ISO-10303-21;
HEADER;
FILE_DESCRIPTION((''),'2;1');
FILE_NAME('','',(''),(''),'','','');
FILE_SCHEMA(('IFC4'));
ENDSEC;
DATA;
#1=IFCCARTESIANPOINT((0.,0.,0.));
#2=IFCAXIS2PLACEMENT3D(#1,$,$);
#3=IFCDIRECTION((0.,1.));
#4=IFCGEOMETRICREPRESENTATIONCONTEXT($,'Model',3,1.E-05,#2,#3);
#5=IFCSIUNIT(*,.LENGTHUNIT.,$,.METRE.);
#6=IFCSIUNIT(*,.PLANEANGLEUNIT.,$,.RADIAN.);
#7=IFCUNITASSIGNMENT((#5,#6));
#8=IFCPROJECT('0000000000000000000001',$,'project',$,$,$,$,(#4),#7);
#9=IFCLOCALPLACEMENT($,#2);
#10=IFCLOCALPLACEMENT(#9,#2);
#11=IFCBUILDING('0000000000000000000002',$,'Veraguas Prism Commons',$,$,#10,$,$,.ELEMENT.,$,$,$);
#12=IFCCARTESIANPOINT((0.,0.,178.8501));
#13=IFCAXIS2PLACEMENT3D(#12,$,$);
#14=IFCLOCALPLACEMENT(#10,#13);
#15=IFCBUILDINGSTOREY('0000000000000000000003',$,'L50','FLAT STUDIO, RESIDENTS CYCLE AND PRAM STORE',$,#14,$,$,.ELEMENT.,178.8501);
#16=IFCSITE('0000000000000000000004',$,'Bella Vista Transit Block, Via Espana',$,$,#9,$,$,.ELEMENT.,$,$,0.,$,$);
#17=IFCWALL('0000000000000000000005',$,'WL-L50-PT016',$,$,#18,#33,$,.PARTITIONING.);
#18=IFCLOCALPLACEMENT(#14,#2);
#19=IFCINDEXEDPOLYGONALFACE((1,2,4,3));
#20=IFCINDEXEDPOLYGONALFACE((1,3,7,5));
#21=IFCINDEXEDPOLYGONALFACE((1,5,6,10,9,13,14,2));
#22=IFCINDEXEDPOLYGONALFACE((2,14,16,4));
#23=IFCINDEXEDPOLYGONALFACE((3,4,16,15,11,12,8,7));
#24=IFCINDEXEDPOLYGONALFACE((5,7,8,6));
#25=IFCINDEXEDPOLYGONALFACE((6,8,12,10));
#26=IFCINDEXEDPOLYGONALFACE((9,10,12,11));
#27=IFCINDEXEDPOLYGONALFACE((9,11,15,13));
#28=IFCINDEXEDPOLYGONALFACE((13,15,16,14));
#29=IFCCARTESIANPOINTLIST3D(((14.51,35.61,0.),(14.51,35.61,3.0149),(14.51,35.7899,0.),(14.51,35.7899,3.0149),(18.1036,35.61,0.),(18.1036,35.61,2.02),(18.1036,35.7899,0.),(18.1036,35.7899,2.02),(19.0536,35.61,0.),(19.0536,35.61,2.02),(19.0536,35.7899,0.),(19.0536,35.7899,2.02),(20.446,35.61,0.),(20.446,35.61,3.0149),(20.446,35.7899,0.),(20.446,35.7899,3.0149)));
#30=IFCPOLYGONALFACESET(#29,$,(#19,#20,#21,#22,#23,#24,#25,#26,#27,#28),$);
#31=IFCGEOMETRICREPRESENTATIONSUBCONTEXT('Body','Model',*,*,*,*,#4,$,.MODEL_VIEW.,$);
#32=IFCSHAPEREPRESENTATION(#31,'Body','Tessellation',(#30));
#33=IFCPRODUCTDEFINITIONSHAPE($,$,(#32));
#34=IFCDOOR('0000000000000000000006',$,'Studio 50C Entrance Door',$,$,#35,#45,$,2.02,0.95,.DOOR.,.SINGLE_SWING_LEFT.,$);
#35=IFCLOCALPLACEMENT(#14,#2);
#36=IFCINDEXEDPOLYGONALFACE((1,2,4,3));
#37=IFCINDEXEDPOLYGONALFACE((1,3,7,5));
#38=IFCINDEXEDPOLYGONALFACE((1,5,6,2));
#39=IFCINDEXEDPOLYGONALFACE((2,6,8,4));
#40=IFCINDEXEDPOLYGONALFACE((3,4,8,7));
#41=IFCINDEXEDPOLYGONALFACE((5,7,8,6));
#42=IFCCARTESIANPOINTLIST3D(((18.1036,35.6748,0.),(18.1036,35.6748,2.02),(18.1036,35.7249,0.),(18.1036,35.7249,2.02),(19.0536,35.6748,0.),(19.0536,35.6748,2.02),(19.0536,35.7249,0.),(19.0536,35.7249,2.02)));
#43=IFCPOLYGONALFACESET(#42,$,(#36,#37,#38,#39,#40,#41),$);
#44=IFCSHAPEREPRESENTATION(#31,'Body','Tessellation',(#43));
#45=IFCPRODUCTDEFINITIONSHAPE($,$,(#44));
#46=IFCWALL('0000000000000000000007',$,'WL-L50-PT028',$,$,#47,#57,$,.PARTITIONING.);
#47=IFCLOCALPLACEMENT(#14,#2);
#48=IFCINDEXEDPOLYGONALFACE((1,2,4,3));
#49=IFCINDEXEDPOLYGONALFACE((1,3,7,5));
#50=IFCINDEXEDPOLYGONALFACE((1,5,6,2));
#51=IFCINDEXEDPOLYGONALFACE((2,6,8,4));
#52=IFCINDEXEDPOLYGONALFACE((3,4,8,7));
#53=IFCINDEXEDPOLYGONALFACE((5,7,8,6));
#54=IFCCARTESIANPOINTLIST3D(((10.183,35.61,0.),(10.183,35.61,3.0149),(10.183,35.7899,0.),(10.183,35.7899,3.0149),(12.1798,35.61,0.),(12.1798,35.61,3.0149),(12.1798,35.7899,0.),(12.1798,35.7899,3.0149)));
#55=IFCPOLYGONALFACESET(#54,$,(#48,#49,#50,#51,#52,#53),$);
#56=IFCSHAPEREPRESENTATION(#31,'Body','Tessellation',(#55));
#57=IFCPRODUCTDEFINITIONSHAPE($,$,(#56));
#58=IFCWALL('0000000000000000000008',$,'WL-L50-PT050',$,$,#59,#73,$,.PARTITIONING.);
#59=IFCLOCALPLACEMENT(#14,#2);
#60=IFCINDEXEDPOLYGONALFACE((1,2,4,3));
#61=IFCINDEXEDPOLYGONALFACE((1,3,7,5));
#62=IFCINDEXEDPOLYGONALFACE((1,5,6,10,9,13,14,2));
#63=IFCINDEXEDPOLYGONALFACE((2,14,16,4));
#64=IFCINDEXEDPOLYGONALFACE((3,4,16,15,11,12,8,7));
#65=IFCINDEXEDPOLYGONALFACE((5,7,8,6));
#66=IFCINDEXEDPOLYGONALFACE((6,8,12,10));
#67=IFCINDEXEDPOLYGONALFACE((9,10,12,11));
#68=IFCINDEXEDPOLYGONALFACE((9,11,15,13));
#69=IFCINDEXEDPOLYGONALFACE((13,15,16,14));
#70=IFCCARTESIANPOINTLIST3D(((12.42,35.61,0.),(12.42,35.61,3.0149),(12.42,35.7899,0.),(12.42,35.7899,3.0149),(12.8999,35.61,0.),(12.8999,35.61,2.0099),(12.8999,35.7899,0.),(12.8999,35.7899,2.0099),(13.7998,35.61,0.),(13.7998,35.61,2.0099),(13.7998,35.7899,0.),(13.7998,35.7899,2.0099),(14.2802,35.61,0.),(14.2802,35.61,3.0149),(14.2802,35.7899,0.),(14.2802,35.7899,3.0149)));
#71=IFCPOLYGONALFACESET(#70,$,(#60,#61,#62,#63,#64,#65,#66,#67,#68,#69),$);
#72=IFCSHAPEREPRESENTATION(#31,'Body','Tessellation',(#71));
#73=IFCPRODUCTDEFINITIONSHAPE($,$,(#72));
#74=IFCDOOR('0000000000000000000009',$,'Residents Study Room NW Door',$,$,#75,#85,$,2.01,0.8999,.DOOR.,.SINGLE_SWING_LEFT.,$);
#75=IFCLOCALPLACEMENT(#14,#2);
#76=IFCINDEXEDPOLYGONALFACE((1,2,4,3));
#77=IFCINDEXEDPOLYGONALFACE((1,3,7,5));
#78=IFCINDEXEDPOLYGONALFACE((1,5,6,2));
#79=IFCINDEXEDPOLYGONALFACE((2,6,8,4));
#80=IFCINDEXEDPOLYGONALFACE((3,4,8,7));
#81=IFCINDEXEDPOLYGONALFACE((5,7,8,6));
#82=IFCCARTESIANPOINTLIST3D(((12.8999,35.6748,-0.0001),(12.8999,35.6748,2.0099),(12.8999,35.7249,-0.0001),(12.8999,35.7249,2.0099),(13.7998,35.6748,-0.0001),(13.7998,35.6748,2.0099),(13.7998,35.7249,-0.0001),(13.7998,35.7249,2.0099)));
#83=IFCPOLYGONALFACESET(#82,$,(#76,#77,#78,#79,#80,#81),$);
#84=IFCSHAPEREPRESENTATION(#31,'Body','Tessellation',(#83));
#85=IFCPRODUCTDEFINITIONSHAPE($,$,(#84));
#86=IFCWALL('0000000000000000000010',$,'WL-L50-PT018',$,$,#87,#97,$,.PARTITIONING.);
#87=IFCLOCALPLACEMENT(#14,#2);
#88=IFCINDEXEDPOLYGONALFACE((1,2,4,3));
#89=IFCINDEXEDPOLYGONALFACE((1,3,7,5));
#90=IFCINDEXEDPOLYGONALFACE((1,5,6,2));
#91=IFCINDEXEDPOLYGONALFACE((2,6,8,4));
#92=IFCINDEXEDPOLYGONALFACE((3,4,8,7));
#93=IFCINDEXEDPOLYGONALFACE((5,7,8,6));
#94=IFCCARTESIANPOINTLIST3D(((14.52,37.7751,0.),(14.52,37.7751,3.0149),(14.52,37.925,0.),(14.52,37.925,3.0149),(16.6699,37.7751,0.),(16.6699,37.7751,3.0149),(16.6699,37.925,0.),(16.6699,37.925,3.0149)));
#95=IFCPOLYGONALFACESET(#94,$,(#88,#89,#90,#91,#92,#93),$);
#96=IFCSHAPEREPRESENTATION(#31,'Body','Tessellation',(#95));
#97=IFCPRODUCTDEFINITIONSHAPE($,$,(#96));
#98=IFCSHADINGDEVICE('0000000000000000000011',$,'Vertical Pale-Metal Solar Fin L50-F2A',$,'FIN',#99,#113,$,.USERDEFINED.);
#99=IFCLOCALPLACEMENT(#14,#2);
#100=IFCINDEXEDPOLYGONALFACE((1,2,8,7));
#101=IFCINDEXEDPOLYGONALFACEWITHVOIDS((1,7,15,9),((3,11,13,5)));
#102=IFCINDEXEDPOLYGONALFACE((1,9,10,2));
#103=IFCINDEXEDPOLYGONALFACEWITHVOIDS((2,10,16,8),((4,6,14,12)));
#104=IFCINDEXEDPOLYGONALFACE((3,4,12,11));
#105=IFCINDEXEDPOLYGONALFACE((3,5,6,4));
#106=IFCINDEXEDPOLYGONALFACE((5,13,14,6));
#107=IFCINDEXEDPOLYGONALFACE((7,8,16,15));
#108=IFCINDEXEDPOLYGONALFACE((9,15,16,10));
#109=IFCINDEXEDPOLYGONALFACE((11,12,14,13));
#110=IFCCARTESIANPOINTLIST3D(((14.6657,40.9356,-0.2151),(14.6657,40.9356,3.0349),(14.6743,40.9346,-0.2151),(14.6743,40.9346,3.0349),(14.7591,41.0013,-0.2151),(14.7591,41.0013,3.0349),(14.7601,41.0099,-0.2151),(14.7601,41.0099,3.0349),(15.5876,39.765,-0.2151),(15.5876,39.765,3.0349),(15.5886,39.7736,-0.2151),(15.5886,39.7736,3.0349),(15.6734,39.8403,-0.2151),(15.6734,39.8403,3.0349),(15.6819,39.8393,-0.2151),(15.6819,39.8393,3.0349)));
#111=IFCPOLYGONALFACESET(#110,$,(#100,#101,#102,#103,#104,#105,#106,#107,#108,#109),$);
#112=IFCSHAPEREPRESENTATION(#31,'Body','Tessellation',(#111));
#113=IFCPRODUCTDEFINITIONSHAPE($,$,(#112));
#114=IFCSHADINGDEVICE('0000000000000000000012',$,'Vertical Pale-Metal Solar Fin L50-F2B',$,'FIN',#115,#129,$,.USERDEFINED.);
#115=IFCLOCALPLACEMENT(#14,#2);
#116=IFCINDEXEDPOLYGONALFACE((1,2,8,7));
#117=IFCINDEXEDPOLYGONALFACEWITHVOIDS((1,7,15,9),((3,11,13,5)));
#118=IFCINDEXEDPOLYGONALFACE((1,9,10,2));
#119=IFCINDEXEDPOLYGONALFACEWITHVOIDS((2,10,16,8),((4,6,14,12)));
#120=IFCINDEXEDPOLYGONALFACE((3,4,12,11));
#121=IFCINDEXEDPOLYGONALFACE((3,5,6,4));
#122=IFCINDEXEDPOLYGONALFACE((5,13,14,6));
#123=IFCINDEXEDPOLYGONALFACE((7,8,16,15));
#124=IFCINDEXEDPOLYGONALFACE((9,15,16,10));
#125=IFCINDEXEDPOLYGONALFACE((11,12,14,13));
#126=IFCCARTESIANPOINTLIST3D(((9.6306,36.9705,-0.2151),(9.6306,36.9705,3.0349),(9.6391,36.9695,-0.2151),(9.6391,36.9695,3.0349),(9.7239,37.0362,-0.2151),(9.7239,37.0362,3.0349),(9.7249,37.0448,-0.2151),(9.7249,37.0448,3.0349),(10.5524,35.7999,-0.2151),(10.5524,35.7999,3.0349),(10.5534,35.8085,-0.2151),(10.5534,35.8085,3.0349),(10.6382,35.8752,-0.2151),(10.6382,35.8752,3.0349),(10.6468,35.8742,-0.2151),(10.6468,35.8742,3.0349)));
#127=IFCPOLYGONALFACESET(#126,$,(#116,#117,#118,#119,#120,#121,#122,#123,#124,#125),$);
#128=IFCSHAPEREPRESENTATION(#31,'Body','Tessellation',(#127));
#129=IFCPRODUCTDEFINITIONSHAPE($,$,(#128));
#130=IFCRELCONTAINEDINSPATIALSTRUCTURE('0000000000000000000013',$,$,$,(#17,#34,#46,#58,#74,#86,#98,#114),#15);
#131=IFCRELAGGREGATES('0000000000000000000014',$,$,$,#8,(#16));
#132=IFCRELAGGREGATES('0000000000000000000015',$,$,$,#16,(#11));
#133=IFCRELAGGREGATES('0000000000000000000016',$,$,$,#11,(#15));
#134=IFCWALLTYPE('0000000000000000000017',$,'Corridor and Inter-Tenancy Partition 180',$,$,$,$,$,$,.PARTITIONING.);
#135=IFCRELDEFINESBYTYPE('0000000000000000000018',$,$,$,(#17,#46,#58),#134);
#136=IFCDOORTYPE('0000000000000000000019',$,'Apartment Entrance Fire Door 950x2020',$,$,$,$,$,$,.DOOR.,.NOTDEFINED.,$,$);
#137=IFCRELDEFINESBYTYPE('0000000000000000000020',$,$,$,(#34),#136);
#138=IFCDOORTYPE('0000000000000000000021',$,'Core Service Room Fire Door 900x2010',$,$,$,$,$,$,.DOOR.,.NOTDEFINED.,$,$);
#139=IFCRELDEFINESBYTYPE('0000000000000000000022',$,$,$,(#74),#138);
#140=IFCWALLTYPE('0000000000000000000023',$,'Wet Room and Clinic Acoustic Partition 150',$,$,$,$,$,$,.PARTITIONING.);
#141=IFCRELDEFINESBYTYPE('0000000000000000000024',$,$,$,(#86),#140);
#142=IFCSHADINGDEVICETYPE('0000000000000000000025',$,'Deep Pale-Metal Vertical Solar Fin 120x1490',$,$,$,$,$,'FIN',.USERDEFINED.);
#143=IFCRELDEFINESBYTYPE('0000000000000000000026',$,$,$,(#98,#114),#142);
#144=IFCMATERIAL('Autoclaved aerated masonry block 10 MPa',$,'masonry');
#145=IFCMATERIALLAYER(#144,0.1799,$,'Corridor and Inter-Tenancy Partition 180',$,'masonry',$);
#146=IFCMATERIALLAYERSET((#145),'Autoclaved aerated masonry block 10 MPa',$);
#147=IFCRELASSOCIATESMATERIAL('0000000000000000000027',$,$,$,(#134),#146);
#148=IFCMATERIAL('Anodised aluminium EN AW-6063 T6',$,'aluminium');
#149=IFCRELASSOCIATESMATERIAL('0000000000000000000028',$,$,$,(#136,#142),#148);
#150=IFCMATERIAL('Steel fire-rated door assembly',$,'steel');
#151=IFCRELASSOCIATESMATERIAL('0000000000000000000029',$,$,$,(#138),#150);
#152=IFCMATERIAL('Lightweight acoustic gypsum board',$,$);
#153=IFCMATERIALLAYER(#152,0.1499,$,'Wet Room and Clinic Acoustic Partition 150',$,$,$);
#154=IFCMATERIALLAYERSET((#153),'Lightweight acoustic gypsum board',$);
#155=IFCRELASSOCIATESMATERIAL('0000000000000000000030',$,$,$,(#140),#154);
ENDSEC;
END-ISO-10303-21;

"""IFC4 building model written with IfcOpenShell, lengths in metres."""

from ifc_helpers import new_model, si_unit, direction, frame, frame_2d, origin, origin_2d, place, context, subcontext, project, spatial, rectangle, hollow_rectangle, extrude, source, transform, mapped, material, layer, layer_set, material_profile, profile_set, type_object, element, fill, save


model = new_model("IFC4")

# Units and contexts
model_context = context("Model", 3, precision=1e-05, world=origin(), true_north=direction((0.0, 1.0)))
body_context = subcontext(model_context, "Body", "Model", "MODEL_VIEW")
ifc_project = project(units=[si_unit("LENGTHUNIT", "METRE"), si_unit("PLANEANGLEUNIT", "RADIAN")], contexts=[model_context])

# Site, building, storey
site_placement = place(None, origin())
site = spatial("IfcSite", under=ifc_project, at=site_placement, Name="Bella Vista Transit Block, Via Espana", CompositionType="ELEMENT", RefElevation=0.0)
building_placement = place(site_placement, origin())
building = spatial("IfcBuilding", under=site, at=building_placement, Name="Veraguas Prism Commons", CompositionType="ELEMENT")
storey_placement = place(building_placement, frame((0.0, 0.0, 178.8501)))
storey = spatial("IfcBuildingStorey", under=building, at=storey_placement, Name="L50", Description="FLAT STUDIO, RESIDENTS CYCLE AND PRAM STORE", CompositionType="ELEMENT", Elevation=178.8501)

# Shared definitions
ifc_material_1 = material(Name="Anodised aluminium EN AW-6063 T6", Category="aluminium")

# Shared definitions
ifc_material_2 = material(Name="Autoclaved aerated masonry block 10 MPa", Category="masonry")
ifc_layer_1 = layer(ifc_material_2, 0.1799, Name="Corridor and Inter-Tenancy Partition 180", Category="masonry")
ifc_layer_set_1 = layer_set([ifc_layer_1], Name="Autoclaved aerated masonry block 10 MPa")
wall_type_1 = type_object("IfcWallType", Name="Corridor and Inter-Tenancy Partition 180", PredefinedType="PARTITIONING", material=ifc_layer_set_1)

# Wall, opening, door
wall_1_placement = place(storey_placement, frame((14.51, 35.7, 0.0), z_axis=(0.0, 0.0, 1.0), x_axis=(1.0, 0.0, 0.0)))
wall_1 = element("IfcWall", 1, at=wall_1_placement, inside=storey, type_object=wall_type_1, Name="WL-L50-PT016", PredefinedType="PARTITIONING", context=body_context, shape_type="SweptSolid", body=[
    extrude(rectangle(XDim=5.936, YDim=0.1799, at=frame_2d((2.968, 0.0))), origin(), (0.0, 0.0, 1.0), 3.0149),
])
opening_1_placement = place(wall_1_placement, frame((3.5935, 0.0, 0.0)))
opening_1 = element("IfcOpeningElement", 2, at=opening_1_placement, cuts=wall_1, PredefinedType="OPENING", context=body_context, shape_type="SweptSolid", body=[
    extrude(rectangle(XDim=0.95, YDim=2.02, at=frame_2d((0.4751, 1.01))), frame((0.0, 0.0999, 0.0), z_axis=(0.0, -1.0, 0.0), x_axis=(1.0, 0.0, 0.0)), (0.0, 0.0, 1.0), 0.2),
])
door_type_1 = type_object("IfcDoorType", Name="Apartment Entrance Fire Door 950x2020", OperationType="NOTDEFINED", PredefinedType="DOOR", material=ifc_material_1)
shared_shape_1 = source(origin(), body_context, "Body", "SweptSolid", [
    extrude(rectangle(XDim=0.95, YDim=2.02, at=frame_2d((0.4751, 1.01))), frame((0.0, 0.0249, 0.0), z_axis=(0.0, -1.0, 0.0), x_axis=(1.0, 0.0, 0.0)), (0.0, 0.0, 1.0), 0.05),
])
door_1_placement = place(opening_1_placement, origin())
door_1 = element("IfcDoor", 3, at=door_1_placement, inside=storey, type_object=door_type_1, Name="Studio 50C Entrance Door", OperationType="SINGLE_SWING_LEFT", OverallHeight=2.02, OverallWidth=0.95, PredefinedType="DOOR", context=body_context, shape_type="MappedRepresentation", body=[
    mapped(shared_shape_1, transform((0.0, 0.0, 0.0), scale=1.0)),
])
fill(opening_1, door_1)

# Wall
wall_2_placement = place(storey_placement, frame((12.1799, 35.7, 0.0), z_axis=(0.0, 0.0, 1.0), x_axis=(-1.0, 0.0, 0.0)))
element("IfcWall", 4, at=wall_2_placement, inside=storey, type_object=wall_type_1, Name="WL-L50-PT028", PredefinedType="PARTITIONING", context=body_context, shape_type="SweptSolid", body=[
    extrude(rectangle(XDim=1.9968, YDim=0.1799, at=frame_2d((0.9985, 0.0))), origin(), (0.0, 0.0, 1.0), 3.0149),
])

# Wall, opening, door
wall_3_placement = place(storey_placement, frame((12.4199, 35.7, 0.0), z_axis=(0.0, 0.0, 1.0), x_axis=(1.0, 0.0, 0.0)))
wall_3 = element("IfcWall", 5, at=wall_3_placement, inside=storey, type_object=wall_type_1, Name="WL-L50-PT050", PredefinedType="PARTITIONING", context=body_context, shape_type="SweptSolid", body=[
    extrude(rectangle(XDim=1.8601, YDim=0.1799, at=frame_2d((0.9302, 0.0))), origin(), (0.0, 0.0, 1.0), 3.0149),
])
opening_2_placement = place(wall_3_placement, frame((0.48, 0.0, 0.0)))
opening_2 = element("IfcOpeningElement", 6, at=opening_2_placement, cuts=wall_3, PredefinedType="OPENING", context=body_context, shape_type="SweptSolid", body=[
    extrude(rectangle(XDim=0.8999, YDim=2.01, at=frame_2d((0.45, 1.0049))), frame((0.0, 0.0999, 0.0), z_axis=(0.0, -1.0, 0.0), x_axis=(1.0, 0.0, 0.0)), (0.0, 0.0, 1.0), 0.2),
])
ifc_material_3 = material(Name="Steel fire-rated door assembly", Category="steel")
door_type_2 = type_object("IfcDoorType", Name="Core Service Room Fire Door 900x2010", OperationType="NOTDEFINED", PredefinedType="DOOR", material=ifc_material_3)
shared_shape_2 = source(origin(), body_context, "Body", "SweptSolid", [
    extrude(rectangle(XDim=0.8999, YDim=2.01, at=frame_2d((0.45, 1.0049))), frame((0.0, 0.0249, 0.0), z_axis=(0.0, -1.0, 0.0), x_axis=(1.0, 0.0, 0.0)), (0.0, 0.0, 1.0), 0.05),
])
door_2_placement = place(opening_2_placement, origin())
door_2 = element("IfcDoor", 7, at=door_2_placement, inside=storey, type_object=door_type_2, Name="Residents Study Room NW Door", OperationType="SINGLE_SWING_LEFT", OverallHeight=2.01, OverallWidth=0.8999, PredefinedType="DOOR", context=body_context, shape_type="MappedRepresentation", body=[
    mapped(shared_shape_2, transform((0.0, 0.0, 0.0), scale=1.0)),
])
fill(opening_2, door_2)

# Wall
ifc_material_4 = material(Name="Lightweight acoustic gypsum board")
ifc_layer_2 = layer(ifc_material_4, 0.1499, Name="Wet Room and Clinic Acoustic Partition 150")
ifc_layer_set_2 = layer_set([ifc_layer_2], Name="Lightweight acoustic gypsum board")
wall_type_2 = type_object("IfcWallType", Name="Wet Room and Clinic Acoustic Partition 150", PredefinedType="PARTITIONING", material=ifc_layer_set_2)
wall_4_placement = place(storey_placement, frame((14.52, 37.8501, 0.0), z_axis=(0.0, 0.0, 1.0), x_axis=(1.0, 0.0, 0.0)))
element("IfcWall", 8, at=wall_4_placement, inside=storey, type_object=wall_type_2, Name="WL-L50-PT018", PredefinedType="PARTITIONING", context=body_context, shape_type="SweptSolid", body=[
    extrude(rectangle(XDim=2.1499, YDim=0.1499, at=frame_2d((1.075, 0.0))), origin(), (0.0, 0.0, 1.0), 3.0149),
])

# Shading devices
ifc_material_profile_1 = material_profile(ifc_material_1, hollow_rectangle(XDim=0.1201, YDim=1.49, WallThickness=0.0061, at=origin_2d()), Name="FIN120X1490X6")
ifc_profile_set_1 = profile_set([ifc_material_profile_1], Name="Anodised aluminium EN AW-6063 T6")
shading_device_type = type_object("IfcShadingDeviceType", Name="Deep Pale-Metal Vertical Solar Fin 120x1490", ElementType="FIN", PredefinedType="USERDEFINED", material=ifc_profile_set_1)
for number, where, z_axis, x_axis, name in (
    (9, (15.1738, 40.3875, -0.2151), (0.0, 0.0, 1.0), (-0.785641, -0.618683, 0.0), "Vertical Pale-Metal Solar Fin L50-F2A"),
    (10, (10.1387, 36.4224, -0.2151), (0.0, 0.0, 1.0), (-0.785641, -0.618683, 0.0), "Vertical Pale-Metal Solar Fin L50-F2B"),
):
    element("IfcShadingDevice", number, at=place(storey_placement, frame(where, z_axis=z_axis, x_axis=x_axis)), inside=storey, type_object=shading_device_type, Name=name, ObjectType="FIN", PredefinedType="USERDEFINED", context=body_context, shape_type="SweptSolid", body=[
        extrude(hollow_rectangle(XDim=0.1201, YDim=1.49, WallThickness=0.0061, at=origin_2d()), origin(), (0.0, 0.0, 1.0), 3.25),
    ])

save(model, "model.ifc")
